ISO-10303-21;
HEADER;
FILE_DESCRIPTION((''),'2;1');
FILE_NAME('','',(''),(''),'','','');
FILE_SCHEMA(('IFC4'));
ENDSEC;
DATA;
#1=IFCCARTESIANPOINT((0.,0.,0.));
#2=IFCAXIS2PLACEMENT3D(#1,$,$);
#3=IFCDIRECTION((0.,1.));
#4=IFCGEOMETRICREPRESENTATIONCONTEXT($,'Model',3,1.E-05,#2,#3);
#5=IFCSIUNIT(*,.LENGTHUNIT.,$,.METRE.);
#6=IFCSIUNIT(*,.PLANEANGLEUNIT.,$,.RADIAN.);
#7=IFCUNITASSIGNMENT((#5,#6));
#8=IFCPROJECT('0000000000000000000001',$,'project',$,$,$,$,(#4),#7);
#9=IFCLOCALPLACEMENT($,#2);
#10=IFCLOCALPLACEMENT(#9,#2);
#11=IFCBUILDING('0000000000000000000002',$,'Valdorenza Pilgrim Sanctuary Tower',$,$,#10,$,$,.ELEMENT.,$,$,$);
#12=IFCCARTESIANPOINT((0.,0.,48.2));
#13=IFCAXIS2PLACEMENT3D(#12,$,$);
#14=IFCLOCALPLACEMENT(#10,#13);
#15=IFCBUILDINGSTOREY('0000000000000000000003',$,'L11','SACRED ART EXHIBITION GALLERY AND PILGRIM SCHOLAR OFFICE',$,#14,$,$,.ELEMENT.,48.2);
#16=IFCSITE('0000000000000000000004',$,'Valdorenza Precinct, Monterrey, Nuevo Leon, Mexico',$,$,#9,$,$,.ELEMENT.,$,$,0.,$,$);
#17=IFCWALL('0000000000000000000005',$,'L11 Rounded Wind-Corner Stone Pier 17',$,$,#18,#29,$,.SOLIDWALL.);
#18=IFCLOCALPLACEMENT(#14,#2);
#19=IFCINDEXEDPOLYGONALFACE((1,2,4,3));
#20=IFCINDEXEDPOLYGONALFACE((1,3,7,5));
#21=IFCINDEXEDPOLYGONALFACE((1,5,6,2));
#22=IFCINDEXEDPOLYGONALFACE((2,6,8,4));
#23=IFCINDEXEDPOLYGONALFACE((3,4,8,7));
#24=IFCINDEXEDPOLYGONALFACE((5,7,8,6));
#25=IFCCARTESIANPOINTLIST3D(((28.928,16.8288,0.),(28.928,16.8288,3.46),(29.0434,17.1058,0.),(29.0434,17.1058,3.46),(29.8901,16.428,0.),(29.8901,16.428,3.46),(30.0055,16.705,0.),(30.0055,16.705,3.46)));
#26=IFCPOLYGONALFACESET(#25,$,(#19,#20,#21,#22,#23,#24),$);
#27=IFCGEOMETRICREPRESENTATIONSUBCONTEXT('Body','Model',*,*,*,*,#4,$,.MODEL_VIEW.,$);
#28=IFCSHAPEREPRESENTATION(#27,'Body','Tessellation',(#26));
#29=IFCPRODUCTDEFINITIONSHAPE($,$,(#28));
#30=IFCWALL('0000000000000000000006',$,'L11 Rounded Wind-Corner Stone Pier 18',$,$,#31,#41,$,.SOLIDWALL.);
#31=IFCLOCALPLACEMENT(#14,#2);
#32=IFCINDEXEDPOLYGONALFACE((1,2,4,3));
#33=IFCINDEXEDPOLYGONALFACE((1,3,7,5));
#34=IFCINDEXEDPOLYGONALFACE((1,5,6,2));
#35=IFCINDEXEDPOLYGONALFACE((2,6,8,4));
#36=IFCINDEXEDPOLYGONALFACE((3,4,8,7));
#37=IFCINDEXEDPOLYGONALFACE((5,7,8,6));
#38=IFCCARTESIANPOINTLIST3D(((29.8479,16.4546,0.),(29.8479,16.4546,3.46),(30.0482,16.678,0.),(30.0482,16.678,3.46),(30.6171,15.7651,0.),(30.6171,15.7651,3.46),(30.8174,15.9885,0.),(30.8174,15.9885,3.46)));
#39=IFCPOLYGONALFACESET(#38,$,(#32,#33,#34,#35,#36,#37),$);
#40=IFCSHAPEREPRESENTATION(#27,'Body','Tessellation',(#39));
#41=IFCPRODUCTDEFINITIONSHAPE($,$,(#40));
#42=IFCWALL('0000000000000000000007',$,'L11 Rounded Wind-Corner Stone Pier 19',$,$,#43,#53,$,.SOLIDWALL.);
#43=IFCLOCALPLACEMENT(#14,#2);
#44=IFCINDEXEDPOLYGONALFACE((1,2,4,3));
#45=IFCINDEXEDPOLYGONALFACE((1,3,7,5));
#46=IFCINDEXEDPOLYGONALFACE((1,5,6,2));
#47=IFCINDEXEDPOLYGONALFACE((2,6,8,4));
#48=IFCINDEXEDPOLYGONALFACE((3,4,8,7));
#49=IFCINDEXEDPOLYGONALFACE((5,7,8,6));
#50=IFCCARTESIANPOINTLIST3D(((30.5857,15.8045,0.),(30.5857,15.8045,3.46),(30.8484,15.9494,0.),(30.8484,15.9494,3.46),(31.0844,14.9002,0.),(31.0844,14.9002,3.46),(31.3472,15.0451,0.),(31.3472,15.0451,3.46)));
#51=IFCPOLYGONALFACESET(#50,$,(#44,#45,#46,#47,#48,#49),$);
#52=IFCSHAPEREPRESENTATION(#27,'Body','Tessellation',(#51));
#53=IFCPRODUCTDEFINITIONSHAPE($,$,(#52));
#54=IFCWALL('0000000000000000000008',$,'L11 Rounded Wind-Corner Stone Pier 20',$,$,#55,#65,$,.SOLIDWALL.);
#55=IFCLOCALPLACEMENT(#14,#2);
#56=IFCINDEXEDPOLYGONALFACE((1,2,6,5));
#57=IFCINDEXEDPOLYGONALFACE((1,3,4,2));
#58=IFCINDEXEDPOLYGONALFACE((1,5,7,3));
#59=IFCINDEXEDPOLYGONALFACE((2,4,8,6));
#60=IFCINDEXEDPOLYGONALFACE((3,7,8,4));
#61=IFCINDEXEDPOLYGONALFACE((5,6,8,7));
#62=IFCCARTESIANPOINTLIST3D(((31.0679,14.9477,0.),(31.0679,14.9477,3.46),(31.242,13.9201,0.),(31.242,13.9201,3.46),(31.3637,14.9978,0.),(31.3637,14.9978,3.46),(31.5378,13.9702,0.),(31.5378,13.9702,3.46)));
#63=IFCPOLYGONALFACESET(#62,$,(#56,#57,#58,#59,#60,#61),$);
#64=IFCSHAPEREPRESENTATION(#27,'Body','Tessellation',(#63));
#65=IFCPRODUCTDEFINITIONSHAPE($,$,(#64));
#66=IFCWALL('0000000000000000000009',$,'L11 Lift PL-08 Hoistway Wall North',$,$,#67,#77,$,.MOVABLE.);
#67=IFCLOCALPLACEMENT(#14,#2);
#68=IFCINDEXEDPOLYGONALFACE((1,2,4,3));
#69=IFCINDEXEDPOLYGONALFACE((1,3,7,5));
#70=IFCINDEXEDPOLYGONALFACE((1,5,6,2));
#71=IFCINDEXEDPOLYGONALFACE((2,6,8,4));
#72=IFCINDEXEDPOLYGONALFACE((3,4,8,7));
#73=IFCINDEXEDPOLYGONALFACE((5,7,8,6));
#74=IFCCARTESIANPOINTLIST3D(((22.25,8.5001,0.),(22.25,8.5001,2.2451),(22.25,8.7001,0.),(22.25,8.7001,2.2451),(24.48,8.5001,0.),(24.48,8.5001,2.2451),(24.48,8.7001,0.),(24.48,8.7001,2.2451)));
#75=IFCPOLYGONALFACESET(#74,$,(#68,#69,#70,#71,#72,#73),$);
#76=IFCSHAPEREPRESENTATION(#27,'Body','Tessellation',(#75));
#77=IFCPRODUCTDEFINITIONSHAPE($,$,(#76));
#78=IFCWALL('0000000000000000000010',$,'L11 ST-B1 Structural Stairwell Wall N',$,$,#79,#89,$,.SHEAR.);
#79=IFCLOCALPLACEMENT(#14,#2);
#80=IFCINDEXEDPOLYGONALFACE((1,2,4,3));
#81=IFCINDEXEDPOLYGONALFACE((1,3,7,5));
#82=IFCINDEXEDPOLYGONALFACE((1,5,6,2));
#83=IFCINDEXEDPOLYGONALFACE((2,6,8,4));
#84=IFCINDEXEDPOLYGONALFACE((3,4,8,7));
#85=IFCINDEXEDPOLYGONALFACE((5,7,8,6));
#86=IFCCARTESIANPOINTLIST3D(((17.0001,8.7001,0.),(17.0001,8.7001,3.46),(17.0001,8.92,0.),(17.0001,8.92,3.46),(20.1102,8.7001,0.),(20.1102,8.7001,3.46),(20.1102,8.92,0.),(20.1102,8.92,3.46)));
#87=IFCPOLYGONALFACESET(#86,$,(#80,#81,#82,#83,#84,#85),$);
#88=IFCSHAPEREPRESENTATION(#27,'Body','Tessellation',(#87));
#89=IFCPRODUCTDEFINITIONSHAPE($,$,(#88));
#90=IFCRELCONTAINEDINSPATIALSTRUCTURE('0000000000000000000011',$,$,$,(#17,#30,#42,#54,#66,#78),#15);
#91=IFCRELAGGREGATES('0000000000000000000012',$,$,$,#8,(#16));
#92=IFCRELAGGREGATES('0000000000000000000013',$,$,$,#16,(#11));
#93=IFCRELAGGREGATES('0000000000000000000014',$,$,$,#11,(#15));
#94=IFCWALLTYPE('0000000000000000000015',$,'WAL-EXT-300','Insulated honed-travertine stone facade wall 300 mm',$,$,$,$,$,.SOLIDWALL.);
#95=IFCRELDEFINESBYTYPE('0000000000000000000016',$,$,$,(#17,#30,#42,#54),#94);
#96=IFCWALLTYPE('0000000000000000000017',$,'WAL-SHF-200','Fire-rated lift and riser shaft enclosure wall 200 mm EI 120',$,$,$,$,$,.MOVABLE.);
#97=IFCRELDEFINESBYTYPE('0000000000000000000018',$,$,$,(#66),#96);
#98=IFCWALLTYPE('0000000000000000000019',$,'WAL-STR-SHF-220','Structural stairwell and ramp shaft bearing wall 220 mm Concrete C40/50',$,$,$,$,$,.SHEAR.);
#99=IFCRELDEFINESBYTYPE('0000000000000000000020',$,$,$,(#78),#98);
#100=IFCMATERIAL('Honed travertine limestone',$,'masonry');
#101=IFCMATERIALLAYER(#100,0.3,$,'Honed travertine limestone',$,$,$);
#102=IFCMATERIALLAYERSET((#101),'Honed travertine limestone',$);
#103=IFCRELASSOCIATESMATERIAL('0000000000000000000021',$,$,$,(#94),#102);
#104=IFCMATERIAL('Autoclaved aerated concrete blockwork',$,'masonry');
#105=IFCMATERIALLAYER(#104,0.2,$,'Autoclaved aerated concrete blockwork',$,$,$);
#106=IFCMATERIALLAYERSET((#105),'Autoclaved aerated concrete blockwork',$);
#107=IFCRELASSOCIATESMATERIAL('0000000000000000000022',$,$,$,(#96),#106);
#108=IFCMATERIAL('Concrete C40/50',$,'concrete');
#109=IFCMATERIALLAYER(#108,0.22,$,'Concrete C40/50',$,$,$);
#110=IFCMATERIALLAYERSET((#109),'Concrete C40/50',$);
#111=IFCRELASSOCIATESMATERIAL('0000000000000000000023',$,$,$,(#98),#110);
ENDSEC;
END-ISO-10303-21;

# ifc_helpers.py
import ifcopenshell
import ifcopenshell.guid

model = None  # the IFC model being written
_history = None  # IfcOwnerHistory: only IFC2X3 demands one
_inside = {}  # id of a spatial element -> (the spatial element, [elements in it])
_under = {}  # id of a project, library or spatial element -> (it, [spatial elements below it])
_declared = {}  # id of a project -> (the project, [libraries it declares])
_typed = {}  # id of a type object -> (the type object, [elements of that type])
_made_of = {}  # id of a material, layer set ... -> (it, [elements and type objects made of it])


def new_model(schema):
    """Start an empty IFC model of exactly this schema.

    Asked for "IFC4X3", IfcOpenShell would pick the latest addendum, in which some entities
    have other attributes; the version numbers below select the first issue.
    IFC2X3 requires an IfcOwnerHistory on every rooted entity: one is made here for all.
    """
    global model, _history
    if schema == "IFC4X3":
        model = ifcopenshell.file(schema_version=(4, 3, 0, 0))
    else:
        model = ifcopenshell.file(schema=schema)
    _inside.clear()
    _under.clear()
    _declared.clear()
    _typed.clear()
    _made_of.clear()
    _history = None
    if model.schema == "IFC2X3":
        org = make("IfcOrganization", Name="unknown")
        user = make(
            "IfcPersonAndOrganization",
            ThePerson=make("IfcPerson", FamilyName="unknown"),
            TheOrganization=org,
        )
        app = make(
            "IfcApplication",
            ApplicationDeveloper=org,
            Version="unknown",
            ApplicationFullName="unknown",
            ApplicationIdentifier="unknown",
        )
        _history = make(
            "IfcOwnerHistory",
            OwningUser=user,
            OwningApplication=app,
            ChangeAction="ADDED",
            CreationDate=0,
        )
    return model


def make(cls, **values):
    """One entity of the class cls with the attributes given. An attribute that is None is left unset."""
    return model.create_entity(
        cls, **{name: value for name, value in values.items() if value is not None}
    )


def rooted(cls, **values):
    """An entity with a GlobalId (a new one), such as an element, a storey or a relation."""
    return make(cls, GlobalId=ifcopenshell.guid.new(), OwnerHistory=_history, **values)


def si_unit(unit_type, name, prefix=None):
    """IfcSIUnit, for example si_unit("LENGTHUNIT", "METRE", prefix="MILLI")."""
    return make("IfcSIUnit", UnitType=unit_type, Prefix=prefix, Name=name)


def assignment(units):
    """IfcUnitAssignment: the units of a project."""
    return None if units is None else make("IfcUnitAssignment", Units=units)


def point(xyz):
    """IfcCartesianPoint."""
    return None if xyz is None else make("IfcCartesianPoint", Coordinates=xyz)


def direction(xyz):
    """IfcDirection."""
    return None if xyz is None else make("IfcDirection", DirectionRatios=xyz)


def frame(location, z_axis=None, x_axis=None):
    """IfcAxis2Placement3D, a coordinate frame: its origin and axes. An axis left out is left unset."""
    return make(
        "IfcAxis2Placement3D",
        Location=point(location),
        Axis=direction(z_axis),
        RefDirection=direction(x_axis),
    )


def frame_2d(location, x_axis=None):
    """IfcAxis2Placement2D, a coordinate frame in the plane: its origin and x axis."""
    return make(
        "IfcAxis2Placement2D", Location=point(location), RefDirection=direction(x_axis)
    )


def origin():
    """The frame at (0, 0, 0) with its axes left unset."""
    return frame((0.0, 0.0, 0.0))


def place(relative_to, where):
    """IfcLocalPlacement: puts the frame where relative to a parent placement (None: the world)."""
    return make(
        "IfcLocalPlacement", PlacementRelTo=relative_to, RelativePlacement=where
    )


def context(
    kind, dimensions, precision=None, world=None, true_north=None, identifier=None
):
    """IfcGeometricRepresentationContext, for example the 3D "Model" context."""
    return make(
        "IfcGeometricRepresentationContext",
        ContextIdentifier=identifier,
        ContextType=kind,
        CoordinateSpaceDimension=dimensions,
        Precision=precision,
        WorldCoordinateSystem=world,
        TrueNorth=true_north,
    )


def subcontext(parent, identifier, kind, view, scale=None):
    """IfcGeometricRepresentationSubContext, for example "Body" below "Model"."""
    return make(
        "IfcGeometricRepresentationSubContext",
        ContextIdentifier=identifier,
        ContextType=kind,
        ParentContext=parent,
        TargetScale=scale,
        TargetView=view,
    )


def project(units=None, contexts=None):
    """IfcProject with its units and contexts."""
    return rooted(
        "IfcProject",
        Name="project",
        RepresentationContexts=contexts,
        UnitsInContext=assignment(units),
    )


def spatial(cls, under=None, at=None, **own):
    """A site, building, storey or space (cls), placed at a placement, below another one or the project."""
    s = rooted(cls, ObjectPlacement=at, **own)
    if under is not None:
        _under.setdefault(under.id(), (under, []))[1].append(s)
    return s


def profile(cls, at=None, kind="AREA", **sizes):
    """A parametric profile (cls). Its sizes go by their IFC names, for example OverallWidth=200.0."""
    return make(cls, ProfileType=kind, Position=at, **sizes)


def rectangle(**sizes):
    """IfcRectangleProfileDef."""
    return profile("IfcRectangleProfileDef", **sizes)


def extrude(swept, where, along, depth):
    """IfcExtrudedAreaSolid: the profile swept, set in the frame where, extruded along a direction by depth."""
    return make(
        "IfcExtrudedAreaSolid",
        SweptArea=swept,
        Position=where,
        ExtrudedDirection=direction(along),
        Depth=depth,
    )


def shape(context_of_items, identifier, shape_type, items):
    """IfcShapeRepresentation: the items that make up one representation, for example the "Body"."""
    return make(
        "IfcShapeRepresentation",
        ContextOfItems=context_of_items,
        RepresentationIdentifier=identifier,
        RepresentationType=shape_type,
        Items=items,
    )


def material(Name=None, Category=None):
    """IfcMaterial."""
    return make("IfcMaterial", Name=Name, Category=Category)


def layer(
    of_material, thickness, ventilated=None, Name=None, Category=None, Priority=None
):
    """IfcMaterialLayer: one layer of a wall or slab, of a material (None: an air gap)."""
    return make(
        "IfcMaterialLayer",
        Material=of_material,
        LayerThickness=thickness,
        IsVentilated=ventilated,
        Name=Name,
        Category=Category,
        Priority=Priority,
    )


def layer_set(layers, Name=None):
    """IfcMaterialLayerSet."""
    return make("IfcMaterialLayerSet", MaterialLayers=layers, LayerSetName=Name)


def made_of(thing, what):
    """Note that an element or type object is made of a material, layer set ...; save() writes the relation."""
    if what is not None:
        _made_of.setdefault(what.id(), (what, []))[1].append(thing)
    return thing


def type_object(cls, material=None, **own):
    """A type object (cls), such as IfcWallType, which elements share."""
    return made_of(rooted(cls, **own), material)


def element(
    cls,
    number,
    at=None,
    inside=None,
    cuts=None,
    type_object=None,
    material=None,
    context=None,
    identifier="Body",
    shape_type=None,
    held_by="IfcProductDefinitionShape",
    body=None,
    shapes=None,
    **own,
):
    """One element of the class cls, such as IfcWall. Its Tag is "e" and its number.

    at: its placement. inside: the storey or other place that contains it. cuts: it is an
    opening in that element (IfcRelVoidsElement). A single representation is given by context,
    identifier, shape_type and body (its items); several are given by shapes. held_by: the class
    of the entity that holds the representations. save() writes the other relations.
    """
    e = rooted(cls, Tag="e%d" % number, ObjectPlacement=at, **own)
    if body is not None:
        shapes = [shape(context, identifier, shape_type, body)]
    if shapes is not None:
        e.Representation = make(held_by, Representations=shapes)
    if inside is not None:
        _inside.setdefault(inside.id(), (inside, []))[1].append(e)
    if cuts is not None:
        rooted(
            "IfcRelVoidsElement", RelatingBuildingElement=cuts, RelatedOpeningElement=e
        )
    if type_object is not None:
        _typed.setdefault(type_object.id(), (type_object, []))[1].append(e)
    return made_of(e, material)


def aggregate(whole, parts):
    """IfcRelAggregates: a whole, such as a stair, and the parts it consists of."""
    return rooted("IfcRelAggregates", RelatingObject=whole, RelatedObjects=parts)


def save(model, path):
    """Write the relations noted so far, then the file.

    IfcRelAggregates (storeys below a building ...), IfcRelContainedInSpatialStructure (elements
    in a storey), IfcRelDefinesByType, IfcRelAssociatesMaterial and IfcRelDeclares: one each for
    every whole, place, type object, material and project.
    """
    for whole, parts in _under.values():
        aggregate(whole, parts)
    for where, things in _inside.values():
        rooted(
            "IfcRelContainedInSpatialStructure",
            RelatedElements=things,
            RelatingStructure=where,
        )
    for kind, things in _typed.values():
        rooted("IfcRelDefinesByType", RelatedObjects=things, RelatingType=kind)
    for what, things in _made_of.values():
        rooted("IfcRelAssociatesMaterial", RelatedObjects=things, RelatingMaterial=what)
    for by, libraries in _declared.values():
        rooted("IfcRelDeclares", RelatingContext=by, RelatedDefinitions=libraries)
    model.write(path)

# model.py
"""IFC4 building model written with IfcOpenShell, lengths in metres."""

from ifc_helpers import new_model, si_unit, direction, frame, frame_2d, origin, place, context, subcontext, project, spatial, rectangle, extrude, material, layer, layer_set, type_object, element, save


model = new_model("IFC4")

# Units and contexts
model_context = context("Model", 3, precision=1e-05, world=origin(), true_north=direction((0.0, 1.0)))
body_context = subcontext(model_context, "Body", "Model", "MODEL_VIEW")
ifc_project = project(units=[si_unit("LENGTHUNIT", "METRE"), si_unit("PLANEANGLEUNIT", "RADIAN")], contexts=[model_context])

# Site, building, storey
site_placement = place(None, origin())
site = spatial("IfcSite", under=ifc_project, at=site_placement, Name="Valdorenza Precinct, Monterrey, Nuevo Leon, Mexico", CompositionType="ELEMENT", RefElevation=0.0)
building_placement = place(site_placement, origin())
building = spatial("IfcBuilding", under=site, at=building_placement, Name="Valdorenza Pilgrim Sanctuary Tower", CompositionType="ELEMENT")
storey_placement = place(building_placement, frame((0.0, 0.0, 48.2)))
storey = spatial("IfcBuildingStorey", under=building, at=storey_placement, Name="L11", Description="SACRED ART EXHIBITION GALLERY AND PILGRIM SCHOLAR OFFICE", CompositionType="ELEMENT", Elevation=48.2)

# Shared definitions
ifc_material_1 = material(Name="Honed travertine limestone", Category="masonry")

# Walls
ifc_layer_1 = layer(ifc_material_1, 0.3, Name="Honed travertine limestone")
ifc_layer_set_1 = layer_set([ifc_layer_1], Name="Honed travertine limestone")
wall_type_1 = type_object("IfcWallType", Name="WAL-EXT-300", Description="Insulated honed-travertine stone facade wall 300 mm", PredefinedType="SOLIDWALL", material=ifc_layer_set_1)
wall_1_placement = place(storey_placement, frame((28.9858, 16.9673, 0.0), z_axis=(0.0, 0.0, 1.0), x_axis=(0.923084, -0.384599, 0.0)))
element("IfcWall", 1, at=wall_1_placement, inside=storey, type_object=wall_type_1, Name="L11 Rounded Wind-Corner Stone Pier 17", PredefinedType="SOLIDWALL", context=body_context, shape_type="SweptSolid", body=[
    extrude(rectangle(XDim=1.0422, YDim=0.3, at=frame_2d((0.521, 0.0))), origin(), (0.0, 0.0, 1.0), 3.46),
])
wall_2_placement = place(storey_placement, frame((29.948, 16.5664, 0.0), z_axis=(0.0, 0.0, 1.0), x_axis=(0.744586, -0.667527, 0.0)))
element("IfcWall", 2, at=wall_2_placement, inside=storey, type_object=wall_type_1, Name="L11 Rounded Wind-Corner Stone Pier 18", PredefinedType="SOLIDWALL", context=body_context, shape_type="SweptSolid", body=[
    extrude(rectangle(XDim=1.033, YDim=0.3, at=frame_2d((0.5166, 0.0))), origin(), (0.0, 0.0, 1.0), 3.46),
])
wall_3_placement = place(storey_placement, frame((30.717, 15.877, 0.0), z_axis=(0.0, 0.0, 1.0), x_axis=(0.482971, -0.875636, 0.0)))
element("IfcWall", 3, at=wall_3_placement, inside=storey, type_object=wall_type_1, Name="L11 Rounded Wind-Corner Stone Pier 19", PredefinedType="SOLIDWALL", context=body_context, shape_type="SweptSolid", body=[
    extrude(rectangle(XDim=1.0327, YDim=0.3, at=frame_2d((0.5164, 0.0))), origin(), (0.0, 0.0, 1.0), 3.46),
])
wall_4_placement = place(storey_placement, frame((31.2158, 14.9727, 0.0), z_axis=(0.0, 0.0, 1.0), x_axis=(0.167019, -0.985954, 0.0)))
element("IfcWall", 4, at=wall_4_placement, inside=storey, type_object=wall_type_1, Name="L11 Rounded Wind-Corner Stone Pier 20", PredefinedType="SOLIDWALL", context=body_context, shape_type="SweptSolid", body=[
    extrude(rectangle(XDim=1.0422, YDim=0.3, at=frame_2d((0.521, 0.0))), origin(), (0.0, 0.0, 1.0), 3.46),
])
ifc_material_2 = material(Name="Autoclaved aerated concrete blockwork", Category="masonry")
ifc_layer_2 = layer(ifc_material_2, 0.2, Name="Autoclaved aerated concrete blockwork")
ifc_layer_set_2 = layer_set([ifc_layer_2], Name="Autoclaved aerated concrete blockwork")
wall_type_2 = type_object("IfcWallType", Name="WAL-SHF-200", Description="Fire-rated lift and riser shaft enclosure wall 200 mm EI 120", PredefinedType="MOVABLE", material=ifc_layer_set_2)
wall_5_placement = place(storey_placement, frame((22.25, 8.6001, 0.0), z_axis=(0.0, 0.0, 1.0), x_axis=(1.0, 0.0, 0.0)))
element("IfcWall", 5, at=wall_5_placement, inside=storey, type_object=wall_type_2, Name="L11 Lift PL-08 Hoistway Wall North", PredefinedType="MOVABLE", context=body_context, shape_type="SweptSolid", body=[
    extrude(rectangle(XDim=2.23, YDim=0.2, at=frame_2d((1.115, 0.0))), origin(), (0.0, 0.0, 1.0), 2.2451),
])
ifc_material_3 = material(Name="Concrete C40/50", Category="concrete")
ifc_layer_3 = layer(ifc_material_3, 0.22, Name="Concrete C40/50")
ifc_layer_set_3 = layer_set([ifc_layer_3], Name="Concrete C40/50")
wall_type_3 = type_object("IfcWallType", Name="WAL-STR-SHF-220", Description="Structural stairwell and ramp shaft bearing wall 220 mm Concrete C40/50", PredefinedType="SHEAR", material=ifc_layer_set_3)
wall_6_placement = place(storey_placement, frame((17.0, 8.8101, 0.0), z_axis=(0.0, 0.0, 1.0), x_axis=(1.0, 0.0, 0.0)))
element("IfcWall", 6, at=wall_6_placement, inside=storey, type_object=wall_type_3, Name="L11 ST-B1 Structural Stairwell Wall N", PredefinedType="SHEAR", context=body_context, shape_type="SweptSolid", body=[
    extrude(rectangle(XDim=3.1101, YDim=0.22, at=frame_2d((1.5552, 0.0))), origin(), (0.0, 0.0, 1.0), 3.46),
])

save(model, "model.ifc")
